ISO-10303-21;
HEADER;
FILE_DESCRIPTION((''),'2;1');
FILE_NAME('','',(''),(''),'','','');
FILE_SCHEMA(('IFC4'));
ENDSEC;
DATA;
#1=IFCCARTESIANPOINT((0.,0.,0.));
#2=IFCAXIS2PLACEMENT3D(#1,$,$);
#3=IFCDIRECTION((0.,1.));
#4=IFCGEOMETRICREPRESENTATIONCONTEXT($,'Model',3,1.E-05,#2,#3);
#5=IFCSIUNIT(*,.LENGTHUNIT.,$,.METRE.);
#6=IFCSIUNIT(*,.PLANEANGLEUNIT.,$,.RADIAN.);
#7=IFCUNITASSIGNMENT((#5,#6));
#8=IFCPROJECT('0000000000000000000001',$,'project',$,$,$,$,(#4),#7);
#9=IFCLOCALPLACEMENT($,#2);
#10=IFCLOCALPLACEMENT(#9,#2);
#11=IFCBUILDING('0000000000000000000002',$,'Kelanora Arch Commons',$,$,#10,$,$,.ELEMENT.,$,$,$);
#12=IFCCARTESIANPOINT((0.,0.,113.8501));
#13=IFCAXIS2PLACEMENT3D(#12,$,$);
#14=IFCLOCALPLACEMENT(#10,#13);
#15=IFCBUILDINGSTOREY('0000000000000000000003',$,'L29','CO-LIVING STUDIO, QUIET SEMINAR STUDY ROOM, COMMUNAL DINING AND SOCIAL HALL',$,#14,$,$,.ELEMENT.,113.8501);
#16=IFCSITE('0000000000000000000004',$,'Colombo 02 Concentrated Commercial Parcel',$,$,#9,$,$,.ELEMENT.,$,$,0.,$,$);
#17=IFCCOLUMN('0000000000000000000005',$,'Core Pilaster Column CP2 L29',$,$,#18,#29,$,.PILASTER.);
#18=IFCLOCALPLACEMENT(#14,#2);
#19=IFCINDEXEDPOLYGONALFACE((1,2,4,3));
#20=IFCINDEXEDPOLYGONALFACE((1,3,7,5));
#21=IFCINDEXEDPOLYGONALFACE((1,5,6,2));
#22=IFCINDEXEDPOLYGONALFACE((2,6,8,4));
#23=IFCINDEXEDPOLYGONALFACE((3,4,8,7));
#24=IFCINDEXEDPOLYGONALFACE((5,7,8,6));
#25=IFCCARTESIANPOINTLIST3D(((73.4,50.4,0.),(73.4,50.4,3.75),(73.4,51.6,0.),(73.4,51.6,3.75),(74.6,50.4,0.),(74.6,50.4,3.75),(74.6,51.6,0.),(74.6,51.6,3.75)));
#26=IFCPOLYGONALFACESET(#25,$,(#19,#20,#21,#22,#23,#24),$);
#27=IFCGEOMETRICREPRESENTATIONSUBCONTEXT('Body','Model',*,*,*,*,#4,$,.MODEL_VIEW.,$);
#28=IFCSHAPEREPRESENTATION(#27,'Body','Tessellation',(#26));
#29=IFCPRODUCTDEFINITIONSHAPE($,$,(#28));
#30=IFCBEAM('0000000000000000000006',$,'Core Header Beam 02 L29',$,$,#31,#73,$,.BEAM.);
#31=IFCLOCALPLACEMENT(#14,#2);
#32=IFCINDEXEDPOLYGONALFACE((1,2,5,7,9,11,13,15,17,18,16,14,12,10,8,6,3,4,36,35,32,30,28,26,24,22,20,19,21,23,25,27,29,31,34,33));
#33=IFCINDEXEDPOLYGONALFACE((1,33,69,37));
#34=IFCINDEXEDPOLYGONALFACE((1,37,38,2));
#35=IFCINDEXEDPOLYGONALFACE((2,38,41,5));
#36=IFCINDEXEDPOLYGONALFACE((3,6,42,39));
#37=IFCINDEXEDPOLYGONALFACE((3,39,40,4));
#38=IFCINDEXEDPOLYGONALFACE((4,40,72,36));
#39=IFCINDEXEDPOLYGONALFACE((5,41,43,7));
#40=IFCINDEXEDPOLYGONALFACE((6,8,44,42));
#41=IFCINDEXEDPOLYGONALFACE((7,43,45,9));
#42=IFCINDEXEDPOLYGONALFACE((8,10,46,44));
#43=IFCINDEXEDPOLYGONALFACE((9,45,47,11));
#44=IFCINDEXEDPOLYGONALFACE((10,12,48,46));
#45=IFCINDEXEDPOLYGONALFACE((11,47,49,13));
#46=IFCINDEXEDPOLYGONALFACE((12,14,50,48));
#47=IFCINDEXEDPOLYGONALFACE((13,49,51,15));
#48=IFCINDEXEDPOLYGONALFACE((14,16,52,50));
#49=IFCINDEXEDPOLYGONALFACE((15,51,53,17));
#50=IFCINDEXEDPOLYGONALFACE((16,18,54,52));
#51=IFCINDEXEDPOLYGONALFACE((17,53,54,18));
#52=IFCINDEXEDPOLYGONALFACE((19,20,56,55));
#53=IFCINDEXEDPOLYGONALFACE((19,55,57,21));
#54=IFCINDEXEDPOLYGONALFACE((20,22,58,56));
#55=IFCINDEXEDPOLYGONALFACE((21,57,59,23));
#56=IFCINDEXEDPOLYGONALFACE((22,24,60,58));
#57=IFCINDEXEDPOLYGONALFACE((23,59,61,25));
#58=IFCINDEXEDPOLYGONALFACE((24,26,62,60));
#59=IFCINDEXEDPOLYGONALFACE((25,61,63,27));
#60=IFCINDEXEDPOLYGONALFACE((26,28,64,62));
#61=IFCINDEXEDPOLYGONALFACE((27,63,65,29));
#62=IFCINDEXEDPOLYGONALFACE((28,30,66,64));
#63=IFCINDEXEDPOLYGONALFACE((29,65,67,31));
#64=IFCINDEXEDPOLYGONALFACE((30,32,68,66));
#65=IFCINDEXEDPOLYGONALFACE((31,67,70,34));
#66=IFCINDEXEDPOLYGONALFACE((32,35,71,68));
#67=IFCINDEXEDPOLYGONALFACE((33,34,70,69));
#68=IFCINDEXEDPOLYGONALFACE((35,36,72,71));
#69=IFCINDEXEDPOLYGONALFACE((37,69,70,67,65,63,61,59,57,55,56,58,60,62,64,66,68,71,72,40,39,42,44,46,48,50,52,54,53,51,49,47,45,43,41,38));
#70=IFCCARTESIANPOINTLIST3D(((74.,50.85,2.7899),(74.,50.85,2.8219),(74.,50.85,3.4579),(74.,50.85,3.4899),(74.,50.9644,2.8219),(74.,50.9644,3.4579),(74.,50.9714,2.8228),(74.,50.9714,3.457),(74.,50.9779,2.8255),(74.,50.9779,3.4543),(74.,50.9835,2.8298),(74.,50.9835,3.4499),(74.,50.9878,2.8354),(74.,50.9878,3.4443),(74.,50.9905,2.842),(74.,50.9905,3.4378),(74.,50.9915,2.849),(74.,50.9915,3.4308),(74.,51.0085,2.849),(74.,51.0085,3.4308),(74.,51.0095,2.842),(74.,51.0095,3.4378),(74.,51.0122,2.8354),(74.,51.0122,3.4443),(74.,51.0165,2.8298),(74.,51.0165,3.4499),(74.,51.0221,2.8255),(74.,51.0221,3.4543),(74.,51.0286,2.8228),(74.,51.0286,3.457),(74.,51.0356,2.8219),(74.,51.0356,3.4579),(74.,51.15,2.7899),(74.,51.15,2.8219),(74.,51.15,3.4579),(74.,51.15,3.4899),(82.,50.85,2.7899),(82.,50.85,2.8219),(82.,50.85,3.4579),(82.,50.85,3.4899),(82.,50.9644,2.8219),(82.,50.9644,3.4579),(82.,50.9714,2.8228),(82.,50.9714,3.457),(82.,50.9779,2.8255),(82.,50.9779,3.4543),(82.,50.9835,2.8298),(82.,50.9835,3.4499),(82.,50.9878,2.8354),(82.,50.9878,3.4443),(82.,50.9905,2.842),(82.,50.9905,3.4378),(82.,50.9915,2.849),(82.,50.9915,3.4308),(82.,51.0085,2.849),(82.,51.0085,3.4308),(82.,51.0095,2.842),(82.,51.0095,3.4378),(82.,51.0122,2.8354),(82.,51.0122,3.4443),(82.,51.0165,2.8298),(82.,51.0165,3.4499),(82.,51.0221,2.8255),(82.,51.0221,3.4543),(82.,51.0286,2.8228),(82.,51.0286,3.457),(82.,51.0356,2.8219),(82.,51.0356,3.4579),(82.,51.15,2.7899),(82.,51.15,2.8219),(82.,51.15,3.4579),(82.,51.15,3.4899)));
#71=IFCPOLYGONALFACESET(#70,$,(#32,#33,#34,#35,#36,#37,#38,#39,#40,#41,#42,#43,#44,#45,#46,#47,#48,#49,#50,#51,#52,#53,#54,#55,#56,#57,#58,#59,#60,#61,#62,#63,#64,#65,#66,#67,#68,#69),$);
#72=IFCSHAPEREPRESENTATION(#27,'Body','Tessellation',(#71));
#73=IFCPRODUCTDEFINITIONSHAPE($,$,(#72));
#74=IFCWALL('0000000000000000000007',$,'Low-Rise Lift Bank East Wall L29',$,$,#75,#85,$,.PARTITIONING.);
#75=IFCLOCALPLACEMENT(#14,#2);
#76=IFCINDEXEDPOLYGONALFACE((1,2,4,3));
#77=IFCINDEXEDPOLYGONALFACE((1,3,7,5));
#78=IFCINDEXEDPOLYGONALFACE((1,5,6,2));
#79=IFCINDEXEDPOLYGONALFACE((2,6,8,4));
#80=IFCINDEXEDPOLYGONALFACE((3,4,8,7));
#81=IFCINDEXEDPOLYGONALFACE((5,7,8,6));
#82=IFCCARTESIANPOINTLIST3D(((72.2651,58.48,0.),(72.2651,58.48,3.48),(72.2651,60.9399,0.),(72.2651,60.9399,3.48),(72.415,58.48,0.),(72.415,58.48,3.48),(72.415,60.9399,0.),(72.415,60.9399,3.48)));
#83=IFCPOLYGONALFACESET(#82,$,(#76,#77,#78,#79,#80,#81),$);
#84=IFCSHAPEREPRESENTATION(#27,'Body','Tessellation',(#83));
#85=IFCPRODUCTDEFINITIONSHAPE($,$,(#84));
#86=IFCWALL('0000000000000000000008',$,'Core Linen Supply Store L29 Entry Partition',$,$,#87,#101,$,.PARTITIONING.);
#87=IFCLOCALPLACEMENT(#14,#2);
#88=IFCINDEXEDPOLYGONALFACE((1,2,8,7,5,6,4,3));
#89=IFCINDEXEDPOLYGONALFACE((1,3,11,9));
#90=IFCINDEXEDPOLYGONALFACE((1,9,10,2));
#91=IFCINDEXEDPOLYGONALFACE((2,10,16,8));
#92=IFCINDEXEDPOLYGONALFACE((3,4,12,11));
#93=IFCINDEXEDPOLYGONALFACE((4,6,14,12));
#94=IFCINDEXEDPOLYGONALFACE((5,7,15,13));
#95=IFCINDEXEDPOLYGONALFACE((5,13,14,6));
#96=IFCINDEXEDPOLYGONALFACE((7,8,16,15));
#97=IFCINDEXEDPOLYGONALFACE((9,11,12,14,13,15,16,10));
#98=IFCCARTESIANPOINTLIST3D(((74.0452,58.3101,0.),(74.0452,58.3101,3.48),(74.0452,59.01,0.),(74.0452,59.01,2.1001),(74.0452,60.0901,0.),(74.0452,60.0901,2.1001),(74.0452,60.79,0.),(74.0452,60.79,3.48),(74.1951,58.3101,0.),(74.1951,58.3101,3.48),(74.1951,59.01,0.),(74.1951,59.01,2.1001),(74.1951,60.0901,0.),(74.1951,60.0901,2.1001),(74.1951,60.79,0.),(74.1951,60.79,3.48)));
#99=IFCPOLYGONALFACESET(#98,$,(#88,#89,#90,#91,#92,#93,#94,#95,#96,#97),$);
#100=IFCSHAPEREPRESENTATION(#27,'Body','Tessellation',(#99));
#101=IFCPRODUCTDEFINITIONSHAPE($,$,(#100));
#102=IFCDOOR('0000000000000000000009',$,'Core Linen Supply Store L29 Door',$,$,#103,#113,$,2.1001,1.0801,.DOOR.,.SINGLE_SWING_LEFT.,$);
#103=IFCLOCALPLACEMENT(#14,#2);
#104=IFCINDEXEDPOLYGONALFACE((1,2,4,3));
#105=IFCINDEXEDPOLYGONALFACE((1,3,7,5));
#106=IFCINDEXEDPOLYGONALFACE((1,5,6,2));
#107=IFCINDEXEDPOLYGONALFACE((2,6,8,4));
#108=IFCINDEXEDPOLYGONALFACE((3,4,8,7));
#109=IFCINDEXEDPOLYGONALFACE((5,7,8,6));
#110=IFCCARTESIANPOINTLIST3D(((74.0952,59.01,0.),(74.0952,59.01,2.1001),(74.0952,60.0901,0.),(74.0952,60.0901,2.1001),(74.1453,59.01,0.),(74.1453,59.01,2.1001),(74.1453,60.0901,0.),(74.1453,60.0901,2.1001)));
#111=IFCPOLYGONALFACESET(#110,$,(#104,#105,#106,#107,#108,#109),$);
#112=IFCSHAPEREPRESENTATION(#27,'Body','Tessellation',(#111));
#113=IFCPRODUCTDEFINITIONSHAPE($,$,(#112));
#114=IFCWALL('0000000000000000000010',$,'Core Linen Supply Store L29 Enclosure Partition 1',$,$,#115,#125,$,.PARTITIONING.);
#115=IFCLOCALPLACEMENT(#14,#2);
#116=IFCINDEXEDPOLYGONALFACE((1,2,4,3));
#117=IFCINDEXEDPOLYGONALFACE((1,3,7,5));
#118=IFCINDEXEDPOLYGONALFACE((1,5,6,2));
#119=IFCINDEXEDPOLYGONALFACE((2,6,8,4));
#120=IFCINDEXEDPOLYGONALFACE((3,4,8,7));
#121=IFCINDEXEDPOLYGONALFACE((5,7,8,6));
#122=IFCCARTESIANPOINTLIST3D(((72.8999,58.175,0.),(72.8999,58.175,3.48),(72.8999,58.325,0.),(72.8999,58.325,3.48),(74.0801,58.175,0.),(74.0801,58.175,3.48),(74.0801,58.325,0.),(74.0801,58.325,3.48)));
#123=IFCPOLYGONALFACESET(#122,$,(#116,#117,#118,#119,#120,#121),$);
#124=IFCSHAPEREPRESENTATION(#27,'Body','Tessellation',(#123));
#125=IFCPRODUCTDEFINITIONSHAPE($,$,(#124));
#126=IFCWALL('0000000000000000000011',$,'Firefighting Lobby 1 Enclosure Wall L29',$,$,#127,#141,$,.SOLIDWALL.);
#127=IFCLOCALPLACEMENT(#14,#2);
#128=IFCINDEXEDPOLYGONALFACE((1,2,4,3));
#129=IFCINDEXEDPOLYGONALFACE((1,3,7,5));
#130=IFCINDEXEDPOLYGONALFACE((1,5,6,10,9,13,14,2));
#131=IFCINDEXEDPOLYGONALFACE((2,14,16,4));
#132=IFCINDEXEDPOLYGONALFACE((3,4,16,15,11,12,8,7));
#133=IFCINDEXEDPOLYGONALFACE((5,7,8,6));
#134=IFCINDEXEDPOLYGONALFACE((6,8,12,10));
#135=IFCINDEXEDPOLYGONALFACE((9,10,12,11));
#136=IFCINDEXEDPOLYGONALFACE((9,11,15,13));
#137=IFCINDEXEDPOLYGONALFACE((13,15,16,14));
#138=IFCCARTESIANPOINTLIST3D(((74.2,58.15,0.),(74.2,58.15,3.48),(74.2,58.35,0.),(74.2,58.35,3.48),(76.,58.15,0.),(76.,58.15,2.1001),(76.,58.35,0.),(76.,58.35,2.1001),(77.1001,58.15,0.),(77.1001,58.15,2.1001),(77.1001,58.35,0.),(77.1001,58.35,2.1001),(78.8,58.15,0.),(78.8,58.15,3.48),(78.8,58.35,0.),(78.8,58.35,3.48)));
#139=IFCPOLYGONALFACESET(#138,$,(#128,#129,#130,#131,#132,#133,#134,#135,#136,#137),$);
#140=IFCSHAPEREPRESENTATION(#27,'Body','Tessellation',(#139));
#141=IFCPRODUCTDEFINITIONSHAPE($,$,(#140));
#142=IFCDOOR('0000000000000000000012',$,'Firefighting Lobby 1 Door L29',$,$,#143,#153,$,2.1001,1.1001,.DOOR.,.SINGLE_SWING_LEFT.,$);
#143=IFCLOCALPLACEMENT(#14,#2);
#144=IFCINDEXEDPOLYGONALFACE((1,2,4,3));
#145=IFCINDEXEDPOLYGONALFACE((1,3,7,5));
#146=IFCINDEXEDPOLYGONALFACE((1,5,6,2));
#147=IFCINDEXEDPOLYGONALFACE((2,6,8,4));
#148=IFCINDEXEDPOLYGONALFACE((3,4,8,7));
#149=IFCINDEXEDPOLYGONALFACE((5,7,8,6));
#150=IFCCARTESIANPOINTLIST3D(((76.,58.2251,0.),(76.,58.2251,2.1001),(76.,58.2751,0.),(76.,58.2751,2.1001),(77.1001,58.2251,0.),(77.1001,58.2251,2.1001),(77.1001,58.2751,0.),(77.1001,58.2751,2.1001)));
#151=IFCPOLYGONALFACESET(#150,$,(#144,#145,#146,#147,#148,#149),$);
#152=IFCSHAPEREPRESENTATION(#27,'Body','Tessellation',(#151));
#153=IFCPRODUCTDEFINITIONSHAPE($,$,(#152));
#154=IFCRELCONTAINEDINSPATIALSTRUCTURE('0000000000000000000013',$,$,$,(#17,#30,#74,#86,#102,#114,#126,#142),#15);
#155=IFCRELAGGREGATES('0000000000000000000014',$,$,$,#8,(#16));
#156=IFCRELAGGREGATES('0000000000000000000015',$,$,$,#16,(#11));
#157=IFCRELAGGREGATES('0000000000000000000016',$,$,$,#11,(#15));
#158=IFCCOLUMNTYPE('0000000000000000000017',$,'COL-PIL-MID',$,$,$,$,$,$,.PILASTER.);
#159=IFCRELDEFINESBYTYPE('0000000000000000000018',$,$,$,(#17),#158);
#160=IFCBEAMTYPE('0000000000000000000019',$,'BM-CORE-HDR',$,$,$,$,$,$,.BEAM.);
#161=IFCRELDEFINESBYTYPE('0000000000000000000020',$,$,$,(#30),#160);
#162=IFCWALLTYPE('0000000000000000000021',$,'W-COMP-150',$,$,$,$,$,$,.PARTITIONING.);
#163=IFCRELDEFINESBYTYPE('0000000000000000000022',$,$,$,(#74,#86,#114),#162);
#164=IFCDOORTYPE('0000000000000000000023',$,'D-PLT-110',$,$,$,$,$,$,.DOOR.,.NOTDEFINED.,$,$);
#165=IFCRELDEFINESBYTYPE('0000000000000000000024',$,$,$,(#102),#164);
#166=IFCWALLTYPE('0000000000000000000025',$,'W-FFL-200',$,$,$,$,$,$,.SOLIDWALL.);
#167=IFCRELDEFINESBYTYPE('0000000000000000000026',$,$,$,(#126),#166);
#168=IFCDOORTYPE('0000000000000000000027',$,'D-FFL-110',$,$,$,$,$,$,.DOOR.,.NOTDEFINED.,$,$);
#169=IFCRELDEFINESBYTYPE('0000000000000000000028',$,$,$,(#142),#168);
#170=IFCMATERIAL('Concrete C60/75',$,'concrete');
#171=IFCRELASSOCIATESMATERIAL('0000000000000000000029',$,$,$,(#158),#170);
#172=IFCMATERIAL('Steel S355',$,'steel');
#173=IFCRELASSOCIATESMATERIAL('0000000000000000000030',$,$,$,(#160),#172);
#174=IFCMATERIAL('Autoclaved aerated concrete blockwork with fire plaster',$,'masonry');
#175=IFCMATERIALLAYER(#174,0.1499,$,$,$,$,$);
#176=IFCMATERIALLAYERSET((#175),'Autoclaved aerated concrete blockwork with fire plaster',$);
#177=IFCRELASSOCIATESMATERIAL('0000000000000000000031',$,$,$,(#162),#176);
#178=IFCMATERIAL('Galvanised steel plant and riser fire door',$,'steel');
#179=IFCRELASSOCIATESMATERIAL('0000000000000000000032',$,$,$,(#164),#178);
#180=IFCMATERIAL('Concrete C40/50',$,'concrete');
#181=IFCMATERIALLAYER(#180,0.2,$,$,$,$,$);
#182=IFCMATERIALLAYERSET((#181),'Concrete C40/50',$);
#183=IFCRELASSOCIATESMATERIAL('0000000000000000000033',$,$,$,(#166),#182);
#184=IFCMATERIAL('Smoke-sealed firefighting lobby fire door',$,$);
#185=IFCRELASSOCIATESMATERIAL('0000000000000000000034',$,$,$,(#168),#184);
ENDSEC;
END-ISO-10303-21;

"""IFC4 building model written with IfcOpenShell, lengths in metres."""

from ifc_helpers import new_model, si_unit, direction, frame, frame_2d, origin, origin_2d, place, context, subcontext, project, spatial, rectangle, i_section, extrude, material, layer, layer_set, material_profile, profile_set, type_object, element, fill, save


model = new_model("IFC4")

# Units and contexts
model_context = context("Model", 3, precision=1e-05, world=origin(), true_north=direction((0.0, 1.0)))
body_context = subcontext(model_context, "Body", "Model", "MODEL_VIEW")
ifc_project = project(units=[si_unit("LENGTHUNIT", "METRE"), si_unit("PLANEANGLEUNIT", "RADIAN")], contexts=[model_context])

# Site, building, storey
site_placement = place(None, origin())
site = spatial("IfcSite", under=ifc_project, at=site_placement, Name="Colombo 02 Concentrated Commercial Parcel", CompositionType="ELEMENT", RefElevation=0.0)
building_placement = place(site_placement, origin())
building = spatial("IfcBuilding", under=site, at=building_placement, Name="Kelanora Arch Commons", CompositionType="ELEMENT")
storey_placement = place(building_placement, frame((0.0, 0.0, 113.8501)))
storey = spatial("IfcBuildingStorey", under=building, at=storey_placement, Name="L29", Description="CO-LIVING STUDIO, QUIET SEMINAR STUDY ROOM, COMMUNAL DINING AND SOCIAL HALL", CompositionType="ELEMENT", Elevation=113.8501)

# Column
ifc_material_1 = material(Name="Concrete C60/75", Category="concrete")
ifc_material_profile_1 = material_profile(ifc_material_1, rectangle(XDim=1.2, YDim=1.2, at=origin_2d()), Name="RC1200x1200")
ifc_profile_set_1 = profile_set([ifc_material_profile_1], Name="Concrete C60/75")
column_type = type_object("IfcColumnType", Name="COL-PIL-MID", PredefinedType="PILASTER", material=ifc_profile_set_1)
column_placement = place(storey_placement, frame((74.0, 51.0, 0.0), z_axis=(0.0, 0.0, 1.0), x_axis=(1.0, 0.0, 0.0)))
element("IfcColumn", 1, at=column_placement, inside=storey, type_object=column_type, Name="Core Pilaster Column CP2 L29", PredefinedType="PILASTER", context=body_context, shape_type="SweptSolid", body=[
    extrude(rectangle(XDim=1.2, YDim=1.2, at=origin_2d()), origin(), (0.0, 0.0, 1.0), 3.75),
])

# Beam
ifc_material_2 = material(Name="Steel S355", Category="steel")
ifc_material_profile_2 = material_profile(ifc_material_2, i_section(OverallWidth=0.3, OverallDepth=0.7, WebThickness=0.0171, FlangeThickness=0.032, FilletRadius=0.0271, at=origin_2d()), Name="HEB700")
ifc_profile_set_2 = profile_set([ifc_material_profile_2], Name="Steel S355")
beam_type = type_object("IfcBeamType", Name="BM-CORE-HDR", PredefinedType="BEAM", material=ifc_profile_set_2)
beam_placement = place(storey_placement, frame((74.0, 51.0, 3.1399), z_axis=(1.0, 0.0, 0.0), x_axis=(0.0, 1.0, 0.0)))
element("IfcBeam", 2, at=beam_placement, inside=storey, type_object=beam_type, Name="Core Header Beam 02 L29", PredefinedType="BEAM", context=body_context, shape_type="SweptSolid", body=[
    extrude(i_section(OverallWidth=0.3, OverallDepth=0.7, WebThickness=0.0171, FlangeThickness=0.032, FilletRadius=0.0271, at=origin_2d()), origin(), (0.0, 0.0, 1.0), 8.0),
])

# Wall
ifc_material_3 = material(Name="Autoclaved aerated concrete blockwork with fire plaster", Category="masonry")
ifc_layer_1 = layer(ifc_material_3, 0.1499)
ifc_layer_set_1 = layer_set([ifc_layer_1], Name="Autoclaved aerated concrete blockwork with fire plaster")
wall_type_1 = type_object("IfcWallType", Name="W-COMP-150", PredefinedType="PARTITIONING", material=ifc_layer_set_1)
wall_1_placement = place(storey_placement, frame((72.3401, 58.48, 0.0), z_axis=(0.0, 0.0, 1.0), x_axis=(0.0, 1.0, 0.0)))
element("IfcWall", 3, at=wall_1_placement, inside=storey, type_object=wall_type_1, Name="Low-Rise Lift Bank East Wall L29", PredefinedType="PARTITIONING", context=body_context, shape_type="SweptSolid", body=[
    extrude(rectangle(XDim=2.46, YDim=0.1499, at=frame_2d((1.23, 0.0))), origin(), (0.0, 0.0, 1.0), 3.48),
])

# Wall, opening, door
wall_2_placement = place(storey_placement, frame((74.1201, 58.3101, 0.0), z_axis=(0.0, 0.0, 1.0), x_axis=(0.0, 1.0, 0.0)))
wall_2 = element("IfcWall", 4, at=wall_2_placement, inside=storey, type_object=wall_type_1, Name="Core Linen Supply Store L29 Entry Partition", PredefinedType="PARTITIONING", context=body_context, shape_type="SweptSolid", body=[
    extrude(rectangle(XDim=2.48, YDim=0.1499, at=frame_2d((1.24, 0.0))), origin(), (0.0, 0.0, 1.0), 3.48),
])
opening_1_placement = place(wall_2_placement, frame((0.7, 0.0, 0.0)))
opening_1 = element("IfcOpeningElement", 5, at=opening_1_placement, cuts=wall_2, PredefinedType="OPENING", context=body_context, shape_type="SweptSolid", body=[
    extrude(rectangle(XDim=1.0801, YDim=2.1001, at=frame_2d((0.54, 1.05))), frame((0.0, 0.085, 0.0), z_axis=(0.0, -1.0, 0.0), x_axis=(1.0, 0.0, 0.0)), (0.0, 0.0, 1.0), 0.1699),
])
ifc_material_4 = material(Name="Galvanised steel plant and riser fire door", Category="steel")
door_type_1 = type_object("IfcDoorType", Name="D-PLT-110", OperationType="NOTDEFINED", PredefinedType="DOOR", material=ifc_material_4)
door_1_placement = place(opening_1_placement, origin())
door_1 = element("IfcDoor", 6, at=door_1_placement, inside=storey, type_object=door_type_1, Name="Core Linen Supply Store L29 Door", OperationType="SINGLE_SWING_LEFT", OverallHeight=2.1001, OverallWidth=1.0801, PredefinedType="DOOR", context=body_context, shape_type="SweptSolid", body=[
    extrude(rectangle(XDim=1.0801, YDim=2.1001, at=frame_2d((0.54, 1.05))), frame((0.0, 0.0249, 0.0), z_axis=(0.0, -1.0, 0.0), x_axis=(1.0, 0.0, 0.0)), (0.0, 0.0, 1.0), 0.05),
])
fill(opening_1, door_1)

# Wall
wall_3_placement = place(storey_placement, frame((72.8999, 58.25, 0.0), z_axis=(0.0, 0.0, 1.0), x_axis=(1.0, 0.0, 0.0)))
element("IfcWall", 7, at=wall_3_placement, inside=storey, type_object=wall_type_1, Name="Core Linen Supply Store L29 Enclosure Partition 1", PredefinedType="PARTITIONING", context=body_context, shape_type="SweptSolid", body=[
    extrude(rectangle(XDim=1.1802, YDim=0.1499, at=frame_2d((0.5901, 0.0))), origin(), (0.0, 0.0, 1.0), 3.48),
])

# Wall, opening, door
ifc_material_5 = material(Name="Concrete C40/50", Category="concrete")
ifc_layer_2 = layer(ifc_material_5, 0.2)
ifc_layer_set_2 = layer_set([ifc_layer_2], Name="Concrete C40/50")
wall_type_2 = type_object("IfcWallType", Name="W-FFL-200", PredefinedType="SOLIDWALL", material=ifc_layer_set_2)
wall_4_placement = place(storey_placement, frame((74.2, 58.25, 0.0), z_axis=(0.0, 0.0, 1.0), x_axis=(1.0, 0.0, 0.0)))
wall_4 = element("IfcWall", 8, at=wall_4_placement, inside=storey, type_object=wall_type_2, Name="Firefighting Lobby 1 Enclosure Wall L29", PredefinedType="SOLIDWALL", context=body_context, shape_type="SweptSolid", body=[
    extrude(rectangle(XDim=4.6001, YDim=0.2, at=frame_2d((2.3, 0.0))), origin(), (0.0, 0.0, 1.0), 3.48),
])
opening_2_placement = place(wall_4_placement, frame((1.8, 0.0, 0.0)))
opening_2 = element("IfcOpeningElement", 9, at=opening_2_placement, cuts=wall_4, PredefinedType="OPENING", context=body_context, shape_type="SweptSolid", body=[
    extrude(rectangle(XDim=1.1001, YDim=2.1001, at=frame_2d((0.55, 1.05))), frame((0.0, 0.1099, 0.0), z_axis=(0.0, -1.0, 0.0), x_axis=(1.0, 0.0, 0.0)), (0.0, 0.0, 1.0), 0.22),
])
ifc_material_6 = material(Name="Smoke-sealed firefighting lobby fire door")
door_type_2 = type_object("IfcDoorType", Name="D-FFL-110", OperationType="NOTDEFINED", PredefinedType="DOOR", material=ifc_material_6)
door_2_placement = place(opening_2_placement, frame((1.1001, 0.0, 0.0), z_axis=(0.0, 0.0, 1.0), x_axis=(-1.0, 0.0, 0.0)))
door_2 = element("IfcDoor", 10, at=door_2_placement, inside=storey, type_object=door_type_2, Name="Firefighting Lobby 1 Door L29", OperationType="SINGLE_SWING_LEFT", OverallHeight=2.1001, OverallWidth=1.1001, PredefinedType="DOOR", context=body_context, shape_type="SweptSolid", body=[
    extrude(rectangle(XDim=1.1001, YDim=2.1001, at=frame_2d((0.55, 1.05))), frame((0.0, 0.0249, 0.0), z_axis=(0.0, -1.0, 0.0), x_axis=(1.0, 0.0, 0.0)), (0.0, 0.0, 1.0), 0.05),
])
fill(opening_2, door_2)

save(model, "model.ifc")
